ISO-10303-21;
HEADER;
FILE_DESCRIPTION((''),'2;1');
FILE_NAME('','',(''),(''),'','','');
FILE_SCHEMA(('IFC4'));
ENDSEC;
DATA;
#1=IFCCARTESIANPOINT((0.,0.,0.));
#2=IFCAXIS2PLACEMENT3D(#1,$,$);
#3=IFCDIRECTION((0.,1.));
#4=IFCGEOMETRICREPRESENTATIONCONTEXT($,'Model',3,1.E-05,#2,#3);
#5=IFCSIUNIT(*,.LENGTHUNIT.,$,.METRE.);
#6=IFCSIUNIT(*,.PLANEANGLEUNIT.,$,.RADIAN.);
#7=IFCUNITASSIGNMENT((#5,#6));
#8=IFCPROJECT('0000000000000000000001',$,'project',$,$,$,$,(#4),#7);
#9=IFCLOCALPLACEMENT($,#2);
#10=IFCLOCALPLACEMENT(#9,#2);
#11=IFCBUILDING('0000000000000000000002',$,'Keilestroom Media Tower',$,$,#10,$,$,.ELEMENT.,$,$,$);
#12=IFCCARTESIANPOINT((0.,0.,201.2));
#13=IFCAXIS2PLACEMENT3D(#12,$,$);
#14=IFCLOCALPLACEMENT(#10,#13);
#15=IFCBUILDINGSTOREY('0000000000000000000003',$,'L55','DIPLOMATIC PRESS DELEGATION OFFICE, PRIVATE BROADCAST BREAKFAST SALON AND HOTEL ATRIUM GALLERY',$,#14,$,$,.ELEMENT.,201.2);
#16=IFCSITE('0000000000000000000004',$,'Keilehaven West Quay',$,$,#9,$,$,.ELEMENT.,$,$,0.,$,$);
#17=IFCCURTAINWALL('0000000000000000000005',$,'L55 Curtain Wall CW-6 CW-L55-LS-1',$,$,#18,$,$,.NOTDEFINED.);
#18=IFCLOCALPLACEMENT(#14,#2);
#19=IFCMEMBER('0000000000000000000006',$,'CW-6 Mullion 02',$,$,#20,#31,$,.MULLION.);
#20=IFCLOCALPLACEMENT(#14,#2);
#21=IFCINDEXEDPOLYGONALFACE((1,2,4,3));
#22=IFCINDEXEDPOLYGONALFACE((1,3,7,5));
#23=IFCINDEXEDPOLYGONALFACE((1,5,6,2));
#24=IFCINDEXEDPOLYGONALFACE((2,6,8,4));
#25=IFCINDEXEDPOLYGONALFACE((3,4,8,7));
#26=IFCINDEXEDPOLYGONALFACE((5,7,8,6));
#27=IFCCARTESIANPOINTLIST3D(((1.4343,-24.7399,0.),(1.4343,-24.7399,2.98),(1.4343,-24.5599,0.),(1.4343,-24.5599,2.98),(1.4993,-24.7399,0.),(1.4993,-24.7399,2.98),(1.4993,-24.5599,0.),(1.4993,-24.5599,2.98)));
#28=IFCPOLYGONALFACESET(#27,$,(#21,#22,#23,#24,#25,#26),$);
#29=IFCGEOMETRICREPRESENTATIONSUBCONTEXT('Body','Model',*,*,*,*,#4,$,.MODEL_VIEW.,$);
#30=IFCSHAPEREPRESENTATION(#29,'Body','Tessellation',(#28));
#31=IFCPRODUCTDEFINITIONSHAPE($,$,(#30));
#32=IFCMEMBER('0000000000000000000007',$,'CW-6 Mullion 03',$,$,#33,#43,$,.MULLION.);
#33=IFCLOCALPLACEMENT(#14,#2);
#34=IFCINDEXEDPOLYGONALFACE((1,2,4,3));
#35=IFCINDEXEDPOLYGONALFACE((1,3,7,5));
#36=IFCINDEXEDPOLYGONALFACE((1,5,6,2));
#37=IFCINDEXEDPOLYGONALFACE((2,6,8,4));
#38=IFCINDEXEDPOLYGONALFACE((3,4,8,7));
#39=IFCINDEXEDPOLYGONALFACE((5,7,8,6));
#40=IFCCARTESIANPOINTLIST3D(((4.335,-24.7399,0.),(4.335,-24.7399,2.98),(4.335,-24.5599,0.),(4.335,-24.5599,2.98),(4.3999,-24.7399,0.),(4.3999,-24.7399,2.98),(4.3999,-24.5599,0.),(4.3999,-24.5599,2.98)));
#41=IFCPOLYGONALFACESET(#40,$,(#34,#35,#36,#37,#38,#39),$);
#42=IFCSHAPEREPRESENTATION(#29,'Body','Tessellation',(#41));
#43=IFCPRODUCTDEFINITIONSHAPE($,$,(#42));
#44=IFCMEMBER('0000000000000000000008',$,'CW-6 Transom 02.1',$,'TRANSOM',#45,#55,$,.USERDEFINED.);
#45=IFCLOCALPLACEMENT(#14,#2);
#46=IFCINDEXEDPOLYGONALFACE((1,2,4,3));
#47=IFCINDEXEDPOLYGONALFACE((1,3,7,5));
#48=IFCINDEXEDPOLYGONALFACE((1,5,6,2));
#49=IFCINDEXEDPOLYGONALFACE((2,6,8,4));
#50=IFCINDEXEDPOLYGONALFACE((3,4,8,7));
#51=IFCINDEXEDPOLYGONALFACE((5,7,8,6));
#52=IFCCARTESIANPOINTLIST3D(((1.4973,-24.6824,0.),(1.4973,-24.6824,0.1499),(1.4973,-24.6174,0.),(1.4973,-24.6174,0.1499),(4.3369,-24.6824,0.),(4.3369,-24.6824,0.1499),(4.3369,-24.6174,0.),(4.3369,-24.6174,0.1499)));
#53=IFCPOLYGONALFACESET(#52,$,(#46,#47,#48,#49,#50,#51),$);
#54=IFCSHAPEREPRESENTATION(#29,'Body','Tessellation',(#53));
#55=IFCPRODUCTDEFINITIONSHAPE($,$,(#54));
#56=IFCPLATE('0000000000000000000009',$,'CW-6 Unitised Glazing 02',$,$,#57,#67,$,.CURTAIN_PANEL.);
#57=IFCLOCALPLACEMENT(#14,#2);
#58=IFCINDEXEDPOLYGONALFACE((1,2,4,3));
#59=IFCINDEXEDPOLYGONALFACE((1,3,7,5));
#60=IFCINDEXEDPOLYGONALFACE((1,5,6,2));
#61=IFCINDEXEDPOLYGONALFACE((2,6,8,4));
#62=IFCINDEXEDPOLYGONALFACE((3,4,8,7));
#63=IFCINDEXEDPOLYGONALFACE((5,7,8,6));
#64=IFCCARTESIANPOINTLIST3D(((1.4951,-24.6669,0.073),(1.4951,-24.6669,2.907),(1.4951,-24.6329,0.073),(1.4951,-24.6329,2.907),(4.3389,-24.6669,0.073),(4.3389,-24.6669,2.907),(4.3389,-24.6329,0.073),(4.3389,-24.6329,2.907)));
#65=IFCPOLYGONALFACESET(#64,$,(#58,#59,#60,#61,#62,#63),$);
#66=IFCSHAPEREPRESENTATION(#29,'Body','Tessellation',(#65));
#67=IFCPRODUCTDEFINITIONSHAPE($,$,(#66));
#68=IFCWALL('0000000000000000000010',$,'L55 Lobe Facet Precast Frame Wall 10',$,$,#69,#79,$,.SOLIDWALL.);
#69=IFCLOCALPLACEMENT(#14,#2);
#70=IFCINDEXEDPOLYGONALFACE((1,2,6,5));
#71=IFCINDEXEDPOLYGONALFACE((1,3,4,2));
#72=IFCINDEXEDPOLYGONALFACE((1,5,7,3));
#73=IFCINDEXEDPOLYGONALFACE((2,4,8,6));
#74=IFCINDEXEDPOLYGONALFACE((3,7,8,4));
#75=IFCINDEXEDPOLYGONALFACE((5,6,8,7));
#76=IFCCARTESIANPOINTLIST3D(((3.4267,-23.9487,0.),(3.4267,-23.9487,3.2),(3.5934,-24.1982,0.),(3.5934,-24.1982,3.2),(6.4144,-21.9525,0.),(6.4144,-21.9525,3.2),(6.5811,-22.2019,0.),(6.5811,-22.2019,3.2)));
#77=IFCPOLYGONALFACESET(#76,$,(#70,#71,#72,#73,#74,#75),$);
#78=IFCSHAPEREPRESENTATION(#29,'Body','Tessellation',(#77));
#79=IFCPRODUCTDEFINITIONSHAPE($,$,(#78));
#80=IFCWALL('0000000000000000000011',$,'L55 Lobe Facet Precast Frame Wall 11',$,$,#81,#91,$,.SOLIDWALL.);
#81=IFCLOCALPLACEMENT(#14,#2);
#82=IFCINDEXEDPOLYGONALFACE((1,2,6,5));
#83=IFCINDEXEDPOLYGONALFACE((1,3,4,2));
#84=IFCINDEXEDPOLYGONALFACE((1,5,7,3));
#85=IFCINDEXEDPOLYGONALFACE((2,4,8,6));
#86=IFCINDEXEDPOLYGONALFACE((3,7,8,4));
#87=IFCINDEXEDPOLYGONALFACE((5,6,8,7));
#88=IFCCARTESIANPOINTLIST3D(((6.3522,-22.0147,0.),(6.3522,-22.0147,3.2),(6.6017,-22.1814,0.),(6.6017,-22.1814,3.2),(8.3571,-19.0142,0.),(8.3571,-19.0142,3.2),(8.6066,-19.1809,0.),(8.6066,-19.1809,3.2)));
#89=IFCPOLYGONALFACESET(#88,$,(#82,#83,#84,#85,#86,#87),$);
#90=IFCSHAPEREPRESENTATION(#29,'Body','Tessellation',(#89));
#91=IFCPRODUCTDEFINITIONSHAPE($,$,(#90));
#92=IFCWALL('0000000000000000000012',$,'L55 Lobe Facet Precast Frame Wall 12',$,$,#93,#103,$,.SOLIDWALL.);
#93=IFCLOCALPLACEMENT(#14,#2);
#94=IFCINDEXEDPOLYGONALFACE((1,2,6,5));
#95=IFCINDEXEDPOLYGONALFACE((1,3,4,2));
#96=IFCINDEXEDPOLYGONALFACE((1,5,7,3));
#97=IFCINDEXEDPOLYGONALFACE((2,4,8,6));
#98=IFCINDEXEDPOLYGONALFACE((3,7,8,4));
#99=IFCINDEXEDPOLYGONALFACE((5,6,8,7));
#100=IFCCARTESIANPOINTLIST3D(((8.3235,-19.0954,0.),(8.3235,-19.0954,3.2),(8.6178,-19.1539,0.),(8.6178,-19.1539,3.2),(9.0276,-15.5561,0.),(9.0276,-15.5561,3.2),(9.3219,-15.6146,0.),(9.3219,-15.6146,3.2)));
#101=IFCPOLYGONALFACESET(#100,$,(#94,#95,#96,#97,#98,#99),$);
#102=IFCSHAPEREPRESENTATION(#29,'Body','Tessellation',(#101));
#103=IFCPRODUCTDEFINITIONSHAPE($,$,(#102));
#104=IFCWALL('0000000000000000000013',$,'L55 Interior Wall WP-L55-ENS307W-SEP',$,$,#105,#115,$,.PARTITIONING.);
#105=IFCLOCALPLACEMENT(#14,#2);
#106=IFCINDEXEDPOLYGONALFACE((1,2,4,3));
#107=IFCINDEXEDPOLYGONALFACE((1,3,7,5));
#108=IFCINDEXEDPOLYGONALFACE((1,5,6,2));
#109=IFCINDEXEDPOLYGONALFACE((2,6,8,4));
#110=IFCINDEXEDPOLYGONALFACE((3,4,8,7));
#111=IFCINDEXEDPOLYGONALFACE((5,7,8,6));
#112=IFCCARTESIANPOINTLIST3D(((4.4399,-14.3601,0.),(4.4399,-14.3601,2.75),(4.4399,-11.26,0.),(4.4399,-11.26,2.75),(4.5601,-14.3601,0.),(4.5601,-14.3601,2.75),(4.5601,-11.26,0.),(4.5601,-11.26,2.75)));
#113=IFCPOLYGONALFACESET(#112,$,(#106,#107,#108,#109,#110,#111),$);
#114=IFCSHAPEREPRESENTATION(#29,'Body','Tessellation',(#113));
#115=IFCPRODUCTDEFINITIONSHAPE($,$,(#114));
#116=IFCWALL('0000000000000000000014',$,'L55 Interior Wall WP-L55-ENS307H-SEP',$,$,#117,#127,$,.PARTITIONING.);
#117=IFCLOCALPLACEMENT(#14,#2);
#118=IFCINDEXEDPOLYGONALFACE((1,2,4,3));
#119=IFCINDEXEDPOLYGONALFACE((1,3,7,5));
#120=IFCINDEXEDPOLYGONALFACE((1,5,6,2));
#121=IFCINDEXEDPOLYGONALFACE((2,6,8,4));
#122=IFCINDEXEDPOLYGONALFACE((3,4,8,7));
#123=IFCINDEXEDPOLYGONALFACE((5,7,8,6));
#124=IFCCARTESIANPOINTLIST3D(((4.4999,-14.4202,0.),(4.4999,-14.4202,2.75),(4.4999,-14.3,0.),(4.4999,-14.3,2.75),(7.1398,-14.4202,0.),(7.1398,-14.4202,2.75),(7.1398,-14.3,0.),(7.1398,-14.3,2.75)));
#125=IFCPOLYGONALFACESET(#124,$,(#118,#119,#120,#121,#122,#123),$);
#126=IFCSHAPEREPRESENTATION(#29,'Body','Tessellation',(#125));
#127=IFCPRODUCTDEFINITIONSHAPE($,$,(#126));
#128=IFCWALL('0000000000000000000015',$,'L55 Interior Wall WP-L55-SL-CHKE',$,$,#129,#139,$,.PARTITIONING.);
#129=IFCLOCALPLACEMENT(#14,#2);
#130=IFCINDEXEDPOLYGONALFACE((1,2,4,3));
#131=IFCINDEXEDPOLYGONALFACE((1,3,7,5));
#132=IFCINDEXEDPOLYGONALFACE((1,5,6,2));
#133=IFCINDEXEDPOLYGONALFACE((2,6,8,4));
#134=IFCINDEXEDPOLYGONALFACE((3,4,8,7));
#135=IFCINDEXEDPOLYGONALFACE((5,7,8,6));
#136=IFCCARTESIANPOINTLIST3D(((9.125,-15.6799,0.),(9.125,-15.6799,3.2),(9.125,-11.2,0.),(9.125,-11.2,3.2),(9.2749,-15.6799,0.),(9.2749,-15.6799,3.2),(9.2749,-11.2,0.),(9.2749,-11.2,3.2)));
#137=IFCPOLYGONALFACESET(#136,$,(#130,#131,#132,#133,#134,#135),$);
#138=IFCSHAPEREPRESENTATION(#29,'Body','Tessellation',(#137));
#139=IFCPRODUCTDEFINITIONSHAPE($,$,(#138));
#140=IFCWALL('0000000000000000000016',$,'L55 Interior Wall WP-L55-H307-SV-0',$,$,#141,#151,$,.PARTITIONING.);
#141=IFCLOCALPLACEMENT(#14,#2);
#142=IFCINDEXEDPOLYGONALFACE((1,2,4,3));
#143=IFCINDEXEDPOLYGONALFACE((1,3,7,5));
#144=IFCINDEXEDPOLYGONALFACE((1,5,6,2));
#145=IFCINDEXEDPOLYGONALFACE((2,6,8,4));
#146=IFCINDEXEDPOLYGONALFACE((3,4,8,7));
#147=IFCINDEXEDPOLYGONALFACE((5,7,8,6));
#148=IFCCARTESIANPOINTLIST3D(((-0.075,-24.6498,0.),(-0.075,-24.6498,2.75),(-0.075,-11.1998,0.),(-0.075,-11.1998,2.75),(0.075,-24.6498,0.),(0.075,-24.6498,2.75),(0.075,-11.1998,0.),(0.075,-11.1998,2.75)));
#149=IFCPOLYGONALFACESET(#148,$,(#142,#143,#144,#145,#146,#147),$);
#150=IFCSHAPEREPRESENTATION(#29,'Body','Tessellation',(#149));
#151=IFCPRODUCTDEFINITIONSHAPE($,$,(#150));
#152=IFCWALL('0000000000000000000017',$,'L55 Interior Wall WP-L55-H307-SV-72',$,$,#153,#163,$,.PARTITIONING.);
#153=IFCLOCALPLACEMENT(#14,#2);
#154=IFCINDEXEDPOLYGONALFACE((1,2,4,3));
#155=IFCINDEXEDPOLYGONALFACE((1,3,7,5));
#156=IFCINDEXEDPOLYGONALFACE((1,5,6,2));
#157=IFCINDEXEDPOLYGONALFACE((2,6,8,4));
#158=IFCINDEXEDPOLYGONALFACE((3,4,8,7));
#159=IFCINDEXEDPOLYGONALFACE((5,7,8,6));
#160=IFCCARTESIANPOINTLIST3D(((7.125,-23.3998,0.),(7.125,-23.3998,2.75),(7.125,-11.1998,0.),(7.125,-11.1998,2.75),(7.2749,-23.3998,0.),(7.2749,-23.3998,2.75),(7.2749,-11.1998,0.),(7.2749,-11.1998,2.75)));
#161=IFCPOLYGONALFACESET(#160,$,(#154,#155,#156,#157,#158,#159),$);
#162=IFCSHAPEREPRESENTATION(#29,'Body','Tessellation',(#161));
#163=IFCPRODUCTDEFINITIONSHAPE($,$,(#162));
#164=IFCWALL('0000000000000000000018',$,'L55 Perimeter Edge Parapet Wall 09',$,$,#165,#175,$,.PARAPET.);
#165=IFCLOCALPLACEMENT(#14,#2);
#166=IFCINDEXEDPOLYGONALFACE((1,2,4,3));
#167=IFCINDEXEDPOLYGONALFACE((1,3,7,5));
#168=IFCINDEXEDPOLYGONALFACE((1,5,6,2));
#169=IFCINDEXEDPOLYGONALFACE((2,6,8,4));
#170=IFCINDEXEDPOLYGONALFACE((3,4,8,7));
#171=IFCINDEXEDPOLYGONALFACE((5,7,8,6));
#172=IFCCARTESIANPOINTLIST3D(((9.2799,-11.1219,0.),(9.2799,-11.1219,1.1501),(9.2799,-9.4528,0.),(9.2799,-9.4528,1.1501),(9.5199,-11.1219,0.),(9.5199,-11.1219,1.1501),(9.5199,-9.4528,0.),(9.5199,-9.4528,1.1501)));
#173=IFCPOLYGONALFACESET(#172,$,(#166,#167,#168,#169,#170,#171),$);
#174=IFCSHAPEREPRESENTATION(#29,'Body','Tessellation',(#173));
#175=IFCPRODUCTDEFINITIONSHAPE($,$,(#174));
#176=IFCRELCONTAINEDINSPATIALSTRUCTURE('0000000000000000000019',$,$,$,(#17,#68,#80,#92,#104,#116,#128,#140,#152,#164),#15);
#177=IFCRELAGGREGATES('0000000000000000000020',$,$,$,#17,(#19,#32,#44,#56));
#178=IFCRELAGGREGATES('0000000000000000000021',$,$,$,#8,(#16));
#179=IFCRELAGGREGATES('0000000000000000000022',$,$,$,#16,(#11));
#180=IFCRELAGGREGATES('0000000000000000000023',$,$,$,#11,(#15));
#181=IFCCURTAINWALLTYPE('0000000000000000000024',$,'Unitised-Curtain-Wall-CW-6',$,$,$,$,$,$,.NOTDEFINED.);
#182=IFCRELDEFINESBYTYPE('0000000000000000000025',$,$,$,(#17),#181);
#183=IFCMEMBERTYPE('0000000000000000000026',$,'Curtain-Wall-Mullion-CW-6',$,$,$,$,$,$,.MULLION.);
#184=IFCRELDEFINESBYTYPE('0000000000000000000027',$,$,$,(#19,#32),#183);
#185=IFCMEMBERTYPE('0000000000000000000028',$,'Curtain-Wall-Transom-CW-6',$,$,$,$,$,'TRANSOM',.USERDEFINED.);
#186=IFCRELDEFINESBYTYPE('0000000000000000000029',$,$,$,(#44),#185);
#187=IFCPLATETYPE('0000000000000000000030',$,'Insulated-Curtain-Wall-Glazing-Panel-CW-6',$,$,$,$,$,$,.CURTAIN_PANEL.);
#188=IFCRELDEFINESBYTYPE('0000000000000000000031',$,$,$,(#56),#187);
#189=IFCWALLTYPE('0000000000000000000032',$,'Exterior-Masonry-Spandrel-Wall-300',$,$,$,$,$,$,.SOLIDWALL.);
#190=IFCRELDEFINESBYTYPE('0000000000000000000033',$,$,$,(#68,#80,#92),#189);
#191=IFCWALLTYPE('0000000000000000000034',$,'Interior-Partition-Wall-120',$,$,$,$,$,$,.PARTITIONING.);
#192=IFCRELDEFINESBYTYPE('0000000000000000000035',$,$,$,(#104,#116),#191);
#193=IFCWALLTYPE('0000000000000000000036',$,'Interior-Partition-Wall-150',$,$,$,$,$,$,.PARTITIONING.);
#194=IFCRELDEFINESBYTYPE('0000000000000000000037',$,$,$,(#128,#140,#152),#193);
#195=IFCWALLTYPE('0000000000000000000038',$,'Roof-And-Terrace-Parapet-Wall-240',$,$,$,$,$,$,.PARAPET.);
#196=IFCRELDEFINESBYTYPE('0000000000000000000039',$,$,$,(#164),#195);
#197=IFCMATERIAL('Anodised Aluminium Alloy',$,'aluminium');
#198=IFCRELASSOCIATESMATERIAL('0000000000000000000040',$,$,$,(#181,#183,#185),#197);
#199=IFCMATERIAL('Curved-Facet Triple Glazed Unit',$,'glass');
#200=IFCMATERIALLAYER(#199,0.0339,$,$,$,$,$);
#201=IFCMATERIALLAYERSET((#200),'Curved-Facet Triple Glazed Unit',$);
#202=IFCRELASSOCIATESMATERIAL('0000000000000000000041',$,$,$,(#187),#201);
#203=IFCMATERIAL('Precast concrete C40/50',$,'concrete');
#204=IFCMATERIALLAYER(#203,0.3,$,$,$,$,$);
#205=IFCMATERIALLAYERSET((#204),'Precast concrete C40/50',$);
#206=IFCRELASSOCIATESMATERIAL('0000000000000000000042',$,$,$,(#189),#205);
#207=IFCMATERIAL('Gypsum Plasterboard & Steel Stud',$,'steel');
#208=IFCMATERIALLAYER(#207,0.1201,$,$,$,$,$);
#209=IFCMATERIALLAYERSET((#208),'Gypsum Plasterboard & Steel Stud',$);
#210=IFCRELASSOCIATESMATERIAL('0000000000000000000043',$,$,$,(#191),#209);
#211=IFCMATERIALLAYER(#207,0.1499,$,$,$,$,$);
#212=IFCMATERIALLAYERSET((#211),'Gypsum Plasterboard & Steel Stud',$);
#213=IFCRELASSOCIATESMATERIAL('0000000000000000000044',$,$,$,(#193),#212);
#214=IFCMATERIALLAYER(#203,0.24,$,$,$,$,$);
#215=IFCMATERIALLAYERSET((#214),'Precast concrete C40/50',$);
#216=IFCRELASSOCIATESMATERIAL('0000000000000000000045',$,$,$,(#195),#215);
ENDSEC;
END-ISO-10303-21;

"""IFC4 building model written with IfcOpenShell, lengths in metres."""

from ifc_helpers import new_model, si_unit, direction, frame, frame_2d, origin, origin_2d, place, context, subcontext, project, spatial, rectangle, extrude, source, transform, mapped, material, layer, layer_set, material_profile, profile_set, type_object, element, aggregate, save


model = new_model("IFC4")

# Units and contexts
model_context = context("Model", 3, precision=1e-05, world=origin(), true_north=direction((0.0, 1.0)))
body_context = subcontext(model_context, "Body", "Model", "MODEL_VIEW")
ifc_project = project(units=[si_unit("LENGTHUNIT", "METRE"), si_unit("PLANEANGLEUNIT", "RADIAN")], contexts=[model_context])

# Site, building, storey
site_placement = place(None, origin())
site = spatial("IfcSite", under=ifc_project, at=site_placement, Name="Keilehaven West Quay", CompositionType="ELEMENT", RefElevation=0.0)
building_placement = place(site_placement, origin())
building = spatial("IfcBuilding", under=site, at=building_placement, Name="Keilestroom Media Tower", CompositionType="ELEMENT")
storey_placement = place(building_placement, frame((0.0, 0.0, 201.2)))
storey = spatial("IfcBuildingStorey", under=building, at=storey_placement, Name="L55", Description="DIPLOMATIC PRESS DELEGATION OFFICE, PRIVATE BROADCAST BREAKFAST SALON AND HOTEL ATRIUM GALLERY", CompositionType="ELEMENT", Elevation=201.2)

# Shared definitions
ifc_material_1 = material(Name="Precast concrete C40/50", Category="concrete")

# Curtain wall, members, plate
ifc_material_2 = material(Name="Anodised Aluminium Alloy", Category="aluminium")
curtain_wall_type = type_object("IfcCurtainWallType", Name="Unitised-Curtain-Wall-CW-6", PredefinedType="NOTDEFINED", material=ifc_material_2)
curtain_wall_placement = place(storey_placement, origin())
curtain_wall = element("IfcCurtainWall", 1, at=curtain_wall_placement, inside=storey, type_object=curtain_wall_type, Name="L55 Curtain Wall CW-6 CW-L55-LS-1", PredefinedType="NOTDEFINED")
ifc_material_profile_1 = material_profile(ifc_material_2, rectangle(XDim=0.0649, YDim=0.1799, at=origin_2d()), Name="ALU MULLION 65x180")
ifc_profile_set_1 = profile_set([ifc_material_profile_1], Name="Anodised Aluminium Alloy")
member_type_1 = type_object("IfcMemberType", Name="Curtain-Wall-Mullion-CW-6", PredefinedType="MULLION", material=ifc_profile_set_1)
shared_shape_1 = source(origin(), body_context, "Body", "SweptSolid", [
    extrude(rectangle(XDim=0.0649, YDim=0.1799, at=origin_2d()), origin(), (0.0, 0.0, 1.0), 2.98),
])
member_1_placement = place(storey_placement, frame((1.4668, -24.6499, 0.0), z_axis=(0.0, 0.0, 1.0), x_axis=(1.0, 0.0, 0.0)))
member_1 = element("IfcMember", 2, at=member_1_placement, type_object=member_type_1, Name="CW-6 Mullion 02", PredefinedType="MULLION", context=body_context, shape_type="MappedRepresentation", body=[
    mapped(shared_shape_1, transform((0.0, 0.0, 0.0), x_axis=(1.0, 0.0, 0.0), y_axis=(0.0, 1.0, 0.0), z_axis=(0.0, 0.0, 1.0), scale=1.0)),
])
member_2_placement = place(storey_placement, frame((4.3674, -24.6499, 0.0), z_axis=(0.0, 0.0, 1.0), x_axis=(1.0, 0.0, 0.0)))
member_2 = element("IfcMember", 3, at=member_2_placement, type_object=member_type_1, Name="CW-6 Mullion 03", PredefinedType="MULLION", context=body_context, shape_type="MappedRepresentation", body=[
    mapped(shared_shape_1, transform((0.0, 0.0, 0.0), x_axis=(1.0, 0.0, 0.0), y_axis=(0.0, 1.0, 0.0), z_axis=(0.0, 0.0, 1.0), scale=1.0)),
])
ifc_material_profile_2 = material_profile(ifc_material_2, rectangle(XDim=0.0649, YDim=0.1499, at=origin_2d()), Name="ALU TRANSOM 65x150")
ifc_profile_set_2 = profile_set([ifc_material_profile_2], Name="Anodised Aluminium Alloy")
member_type_2 = type_object("IfcMemberType", Name="Curtain-Wall-Transom-CW-6", ElementType="TRANSOM", PredefinedType="USERDEFINED", material=ifc_profile_set_2)
shared_shape_2 = source(origin(), body_context, "Body", "SweptSolid", [
    extrude(rectangle(XDim=0.0649, YDim=0.1499, at=origin_2d()), origin(), (0.0, 0.0, 1.0), 2.8396),
])
member_3_placement = place(storey_placement, frame((1.4973, -24.6499, 0.075), z_axis=(1.0, 0.0, 0.0), x_axis=(0.0, 1.0, 0.0)))
member_3 = element("IfcMember", 4, at=member_3_placement, type_object=member_type_2, Name="CW-6 Transom 02.1", ObjectType="TRANSOM", PredefinedType="USERDEFINED", context=body_context, shape_type="MappedRepresentation", body=[
    mapped(shared_shape_2, transform((0.0, 0.0, 0.0), x_axis=(1.0, 0.0, 0.0), y_axis=(0.0, 1.0, 0.0), z_axis=(0.0, 0.0, 1.0), scale=1.0)),
])
ifc_material_3 = material(Name="Curved-Facet Triple Glazed Unit", Category="glass")
ifc_layer_1 = layer(ifc_material_3, 0.0339)
ifc_layer_set_1 = layer_set([ifc_layer_1], Name="Curved-Facet Triple Glazed Unit")
plate_type = type_object("IfcPlateType", Name="Insulated-Curtain-Wall-Glazing-Panel-CW-6", PredefinedType="CURTAIN_PANEL", material=ifc_layer_set_1)
shared_shape_3 = source(origin(), body_context, "Body", "SweptSolid", [
    extrude(rectangle(XDim=2.8438, YDim=0.0339, at=origin_2d()), origin(), (0.0, 0.0, 1.0), 2.834),
])
plate_placement = place(storey_placement, frame((2.917, -24.6499, 0.073), z_axis=(0.0, 0.0, 1.0), x_axis=(1.0, 0.0, 0.0)))
plate = element("IfcPlate", 5, at=plate_placement, type_object=plate_type, Name="CW-6 Unitised Glazing 02", PredefinedType="CURTAIN_PANEL", context=body_context, shape_type="MappedRepresentation", body=[
    mapped(shared_shape_3, transform((0.0, 0.0, 0.0), x_axis=(1.0, 0.0, 0.0), y_axis=(0.0, 1.0, 0.0), z_axis=(0.0, 0.0, 1.0), scale=1.0)),
])
aggregate(curtain_wall, [member_1, member_2, member_3, plate])

# Walls
ifc_layer_2 = layer(ifc_material_1, 0.3)
ifc_layer_set_2 = layer_set([ifc_layer_2], Name="Precast concrete C40/50")
wall_type_1 = type_object("IfcWallType", Name="Exterior-Masonry-Spandrel-Wall-300", PredefinedType="SOLIDWALL", material=ifc_layer_set_2)
wall_1_placement = place(storey_placement, frame((3.51, -24.0735, 0.0), z_axis=(0.0, 0.0, 1.0), x_axis=(0.831475, 0.555562, 0.0)))
element("IfcWall", 6, at=wall_1_placement, inside=storey, type_object=wall_type_1, Name="L55 Lobe Facet Precast Frame Wall 10", PredefinedType="SOLIDWALL", context=body_context, shape_type="SweptSolid", body=[
    extrude(rectangle(XDim=3.5933, YDim=0.3, at=frame_2d((1.7966, 0.0))), origin(), (0.0, 0.0, 1.0), 3.2),
])
for number, where, z_axis, x_axis, name in (
    (7, (6.4771, -22.0979, 0.0), (0.0, 0.0, 1.0), (0.555574, 0.831467, 0.0), "L55 Lobe Facet Precast Frame Wall 11"),
    (8, (8.4707, -19.1245, 0.0), (0.0, 0.0, 1.0), (0.195114, 0.980781, 0.0), "L55 Lobe Facet Precast Frame Wall 12"),
):
    element("IfcWall", number, at=place(storey_placement, frame(where, z_axis=z_axis, x_axis=x_axis)), inside=storey, type_object=wall_type_1, Name=name, PredefinedType="SOLIDWALL", context=body_context, shape_type="SweptSolid", body=[
        extrude(rectangle(XDim=3.6086, YDim=0.3, at=frame_2d((1.8042, 0.0))), origin(), (0.0, 0.0, 1.0), 3.2),
    ])
ifc_material_4 = material(Name="Gypsum Plasterboard & Steel Stud", Category="steel")
ifc_layer_3 = layer(ifc_material_4, 0.1201)
ifc_layer_set_3 = layer_set([ifc_layer_3], Name="Gypsum Plasterboard & Steel Stud")
wall_type_2 = type_object("IfcWallType", Name="Interior-Partition-Wall-120", PredefinedType="PARTITIONING", material=ifc_layer_set_3)
wall_2_placement = place(storey_placement, frame((4.5, -14.3601, 0.0), z_axis=(0.0, 0.0, 1.0), x_axis=(0.0, 1.0, 0.0)))
element("IfcWall", 9, at=wall_2_placement, inside=storey, type_object=wall_type_2, Name="L55 Interior Wall WP-L55-ENS307W-SEP", PredefinedType="PARTITIONING", context=body_context, shape_type="SweptSolid", body=[
    extrude(rectangle(XDim=3.1001, YDim=0.1201, at=frame_2d((1.55, 0.0))), origin(), (0.0, 0.0, 1.0), 2.75),
])
wall_3_placement = place(storey_placement, frame((4.5, -14.3601, 0.0), z_axis=(0.0, 0.0, 1.0), x_axis=(1.0, 0.0, 0.0)))
element("IfcWall", 10, at=wall_3_placement, inside=storey, type_object=wall_type_2, Name="L55 Interior Wall WP-L55-ENS307H-SEP", PredefinedType="PARTITIONING", context=body_context, shape_type="SweptSolid", body=[
    extrude(rectangle(XDim=2.6399, YDim=0.1201, at=frame_2d((1.3198, 0.0))), origin(), (0.0, 0.0, 1.0), 2.75),
])
ifc_layer_4 = layer(ifc_material_4, 0.1499)
ifc_layer_set_4 = layer_set([ifc_layer_4], Name="Gypsum Plasterboard & Steel Stud")
wall_type_3 = type_object("IfcWallType", Name="Interior-Partition-Wall-150", PredefinedType="PARTITIONING", material=ifc_layer_set_4)
wall_4_placement = place(storey_placement, frame((9.2, -15.6799, 0.0), z_axis=(0.0, 0.0, 1.0), x_axis=(0.0, 1.0, 0.0)))
element("IfcWall", 11, at=wall_4_placement, inside=storey, type_object=wall_type_3, Name="L55 Interior Wall WP-L55-SL-CHKE", PredefinedType="PARTITIONING", context=body_context, shape_type="SweptSolid", body=[
    extrude(rectangle(XDim=4.48, YDim=0.1499, at=frame_2d((2.24, 0.0))), origin(), (0.0, 0.0, 1.0), 3.2),
])
wall_5_placement = place(storey_placement, frame((0.0, -24.6499, 0.0), z_axis=(0.0, 0.0, 1.0), x_axis=(0.0, 1.0, 0.0)))
element("IfcWall", 12, at=wall_5_placement, inside=storey, type_object=wall_type_3, Name="L55 Interior Wall WP-L55-H307-SV-0", PredefinedType="PARTITIONING", context=body_context, shape_type="SweptSolid", body=[
    extrude(rectangle(XDim=13.45, YDim=0.1499, at=frame_2d((6.7251, 0.0))), origin(), (0.0, 0.0, 1.0), 2.75),
])
wall_6_placement = place(storey_placement, frame((7.2, -23.3999, 0.0), z_axis=(0.0, 0.0, 1.0), x_axis=(0.0, 1.0, 0.0)))
element("IfcWall", 13, at=wall_6_placement, inside=storey, type_object=wall_type_3, Name="L55 Interior Wall WP-L55-H307-SV-72", PredefinedType="PARTITIONING", context=body_context, shape_type="SweptSolid", body=[
    extrude(rectangle(XDim=12.2, YDim=0.1499, at=frame_2d((6.1001, 0.0))), origin(), (0.0, 0.0, 1.0), 2.75),
])
ifc_layer_5 = layer(ifc_material_1, 0.24)
ifc_layer_set_5 = layer_set([ifc_layer_5], Name="Precast concrete C40/50")
wall_type_4 = type_object("IfcWallType", Name="Roof-And-Terrace-Parapet-Wall-240", PredefinedType="PARAPET", material=ifc_layer_set_5)
wall_7_placement = place(storey_placement, frame((9.3999, -9.4529, 0.0), z_axis=(0.0, 0.0, 1.0), x_axis=(0.0, -1.0, 0.0)))
element("IfcWall", 14, at=wall_7_placement, inside=storey, type_object=wall_type_4, Name="L55 Perimeter Edge Parapet Wall 09", PredefinedType="PARAPET", context=body_context, shape_type="SweptSolid", body=[
    extrude(rectangle(XDim=1.6692, YDim=0.24, at=frame_2d((0.8345, 0.0))), origin(), (0.0, 0.0, 1.0), 1.1501),
])

save(model, "model.ifc")
